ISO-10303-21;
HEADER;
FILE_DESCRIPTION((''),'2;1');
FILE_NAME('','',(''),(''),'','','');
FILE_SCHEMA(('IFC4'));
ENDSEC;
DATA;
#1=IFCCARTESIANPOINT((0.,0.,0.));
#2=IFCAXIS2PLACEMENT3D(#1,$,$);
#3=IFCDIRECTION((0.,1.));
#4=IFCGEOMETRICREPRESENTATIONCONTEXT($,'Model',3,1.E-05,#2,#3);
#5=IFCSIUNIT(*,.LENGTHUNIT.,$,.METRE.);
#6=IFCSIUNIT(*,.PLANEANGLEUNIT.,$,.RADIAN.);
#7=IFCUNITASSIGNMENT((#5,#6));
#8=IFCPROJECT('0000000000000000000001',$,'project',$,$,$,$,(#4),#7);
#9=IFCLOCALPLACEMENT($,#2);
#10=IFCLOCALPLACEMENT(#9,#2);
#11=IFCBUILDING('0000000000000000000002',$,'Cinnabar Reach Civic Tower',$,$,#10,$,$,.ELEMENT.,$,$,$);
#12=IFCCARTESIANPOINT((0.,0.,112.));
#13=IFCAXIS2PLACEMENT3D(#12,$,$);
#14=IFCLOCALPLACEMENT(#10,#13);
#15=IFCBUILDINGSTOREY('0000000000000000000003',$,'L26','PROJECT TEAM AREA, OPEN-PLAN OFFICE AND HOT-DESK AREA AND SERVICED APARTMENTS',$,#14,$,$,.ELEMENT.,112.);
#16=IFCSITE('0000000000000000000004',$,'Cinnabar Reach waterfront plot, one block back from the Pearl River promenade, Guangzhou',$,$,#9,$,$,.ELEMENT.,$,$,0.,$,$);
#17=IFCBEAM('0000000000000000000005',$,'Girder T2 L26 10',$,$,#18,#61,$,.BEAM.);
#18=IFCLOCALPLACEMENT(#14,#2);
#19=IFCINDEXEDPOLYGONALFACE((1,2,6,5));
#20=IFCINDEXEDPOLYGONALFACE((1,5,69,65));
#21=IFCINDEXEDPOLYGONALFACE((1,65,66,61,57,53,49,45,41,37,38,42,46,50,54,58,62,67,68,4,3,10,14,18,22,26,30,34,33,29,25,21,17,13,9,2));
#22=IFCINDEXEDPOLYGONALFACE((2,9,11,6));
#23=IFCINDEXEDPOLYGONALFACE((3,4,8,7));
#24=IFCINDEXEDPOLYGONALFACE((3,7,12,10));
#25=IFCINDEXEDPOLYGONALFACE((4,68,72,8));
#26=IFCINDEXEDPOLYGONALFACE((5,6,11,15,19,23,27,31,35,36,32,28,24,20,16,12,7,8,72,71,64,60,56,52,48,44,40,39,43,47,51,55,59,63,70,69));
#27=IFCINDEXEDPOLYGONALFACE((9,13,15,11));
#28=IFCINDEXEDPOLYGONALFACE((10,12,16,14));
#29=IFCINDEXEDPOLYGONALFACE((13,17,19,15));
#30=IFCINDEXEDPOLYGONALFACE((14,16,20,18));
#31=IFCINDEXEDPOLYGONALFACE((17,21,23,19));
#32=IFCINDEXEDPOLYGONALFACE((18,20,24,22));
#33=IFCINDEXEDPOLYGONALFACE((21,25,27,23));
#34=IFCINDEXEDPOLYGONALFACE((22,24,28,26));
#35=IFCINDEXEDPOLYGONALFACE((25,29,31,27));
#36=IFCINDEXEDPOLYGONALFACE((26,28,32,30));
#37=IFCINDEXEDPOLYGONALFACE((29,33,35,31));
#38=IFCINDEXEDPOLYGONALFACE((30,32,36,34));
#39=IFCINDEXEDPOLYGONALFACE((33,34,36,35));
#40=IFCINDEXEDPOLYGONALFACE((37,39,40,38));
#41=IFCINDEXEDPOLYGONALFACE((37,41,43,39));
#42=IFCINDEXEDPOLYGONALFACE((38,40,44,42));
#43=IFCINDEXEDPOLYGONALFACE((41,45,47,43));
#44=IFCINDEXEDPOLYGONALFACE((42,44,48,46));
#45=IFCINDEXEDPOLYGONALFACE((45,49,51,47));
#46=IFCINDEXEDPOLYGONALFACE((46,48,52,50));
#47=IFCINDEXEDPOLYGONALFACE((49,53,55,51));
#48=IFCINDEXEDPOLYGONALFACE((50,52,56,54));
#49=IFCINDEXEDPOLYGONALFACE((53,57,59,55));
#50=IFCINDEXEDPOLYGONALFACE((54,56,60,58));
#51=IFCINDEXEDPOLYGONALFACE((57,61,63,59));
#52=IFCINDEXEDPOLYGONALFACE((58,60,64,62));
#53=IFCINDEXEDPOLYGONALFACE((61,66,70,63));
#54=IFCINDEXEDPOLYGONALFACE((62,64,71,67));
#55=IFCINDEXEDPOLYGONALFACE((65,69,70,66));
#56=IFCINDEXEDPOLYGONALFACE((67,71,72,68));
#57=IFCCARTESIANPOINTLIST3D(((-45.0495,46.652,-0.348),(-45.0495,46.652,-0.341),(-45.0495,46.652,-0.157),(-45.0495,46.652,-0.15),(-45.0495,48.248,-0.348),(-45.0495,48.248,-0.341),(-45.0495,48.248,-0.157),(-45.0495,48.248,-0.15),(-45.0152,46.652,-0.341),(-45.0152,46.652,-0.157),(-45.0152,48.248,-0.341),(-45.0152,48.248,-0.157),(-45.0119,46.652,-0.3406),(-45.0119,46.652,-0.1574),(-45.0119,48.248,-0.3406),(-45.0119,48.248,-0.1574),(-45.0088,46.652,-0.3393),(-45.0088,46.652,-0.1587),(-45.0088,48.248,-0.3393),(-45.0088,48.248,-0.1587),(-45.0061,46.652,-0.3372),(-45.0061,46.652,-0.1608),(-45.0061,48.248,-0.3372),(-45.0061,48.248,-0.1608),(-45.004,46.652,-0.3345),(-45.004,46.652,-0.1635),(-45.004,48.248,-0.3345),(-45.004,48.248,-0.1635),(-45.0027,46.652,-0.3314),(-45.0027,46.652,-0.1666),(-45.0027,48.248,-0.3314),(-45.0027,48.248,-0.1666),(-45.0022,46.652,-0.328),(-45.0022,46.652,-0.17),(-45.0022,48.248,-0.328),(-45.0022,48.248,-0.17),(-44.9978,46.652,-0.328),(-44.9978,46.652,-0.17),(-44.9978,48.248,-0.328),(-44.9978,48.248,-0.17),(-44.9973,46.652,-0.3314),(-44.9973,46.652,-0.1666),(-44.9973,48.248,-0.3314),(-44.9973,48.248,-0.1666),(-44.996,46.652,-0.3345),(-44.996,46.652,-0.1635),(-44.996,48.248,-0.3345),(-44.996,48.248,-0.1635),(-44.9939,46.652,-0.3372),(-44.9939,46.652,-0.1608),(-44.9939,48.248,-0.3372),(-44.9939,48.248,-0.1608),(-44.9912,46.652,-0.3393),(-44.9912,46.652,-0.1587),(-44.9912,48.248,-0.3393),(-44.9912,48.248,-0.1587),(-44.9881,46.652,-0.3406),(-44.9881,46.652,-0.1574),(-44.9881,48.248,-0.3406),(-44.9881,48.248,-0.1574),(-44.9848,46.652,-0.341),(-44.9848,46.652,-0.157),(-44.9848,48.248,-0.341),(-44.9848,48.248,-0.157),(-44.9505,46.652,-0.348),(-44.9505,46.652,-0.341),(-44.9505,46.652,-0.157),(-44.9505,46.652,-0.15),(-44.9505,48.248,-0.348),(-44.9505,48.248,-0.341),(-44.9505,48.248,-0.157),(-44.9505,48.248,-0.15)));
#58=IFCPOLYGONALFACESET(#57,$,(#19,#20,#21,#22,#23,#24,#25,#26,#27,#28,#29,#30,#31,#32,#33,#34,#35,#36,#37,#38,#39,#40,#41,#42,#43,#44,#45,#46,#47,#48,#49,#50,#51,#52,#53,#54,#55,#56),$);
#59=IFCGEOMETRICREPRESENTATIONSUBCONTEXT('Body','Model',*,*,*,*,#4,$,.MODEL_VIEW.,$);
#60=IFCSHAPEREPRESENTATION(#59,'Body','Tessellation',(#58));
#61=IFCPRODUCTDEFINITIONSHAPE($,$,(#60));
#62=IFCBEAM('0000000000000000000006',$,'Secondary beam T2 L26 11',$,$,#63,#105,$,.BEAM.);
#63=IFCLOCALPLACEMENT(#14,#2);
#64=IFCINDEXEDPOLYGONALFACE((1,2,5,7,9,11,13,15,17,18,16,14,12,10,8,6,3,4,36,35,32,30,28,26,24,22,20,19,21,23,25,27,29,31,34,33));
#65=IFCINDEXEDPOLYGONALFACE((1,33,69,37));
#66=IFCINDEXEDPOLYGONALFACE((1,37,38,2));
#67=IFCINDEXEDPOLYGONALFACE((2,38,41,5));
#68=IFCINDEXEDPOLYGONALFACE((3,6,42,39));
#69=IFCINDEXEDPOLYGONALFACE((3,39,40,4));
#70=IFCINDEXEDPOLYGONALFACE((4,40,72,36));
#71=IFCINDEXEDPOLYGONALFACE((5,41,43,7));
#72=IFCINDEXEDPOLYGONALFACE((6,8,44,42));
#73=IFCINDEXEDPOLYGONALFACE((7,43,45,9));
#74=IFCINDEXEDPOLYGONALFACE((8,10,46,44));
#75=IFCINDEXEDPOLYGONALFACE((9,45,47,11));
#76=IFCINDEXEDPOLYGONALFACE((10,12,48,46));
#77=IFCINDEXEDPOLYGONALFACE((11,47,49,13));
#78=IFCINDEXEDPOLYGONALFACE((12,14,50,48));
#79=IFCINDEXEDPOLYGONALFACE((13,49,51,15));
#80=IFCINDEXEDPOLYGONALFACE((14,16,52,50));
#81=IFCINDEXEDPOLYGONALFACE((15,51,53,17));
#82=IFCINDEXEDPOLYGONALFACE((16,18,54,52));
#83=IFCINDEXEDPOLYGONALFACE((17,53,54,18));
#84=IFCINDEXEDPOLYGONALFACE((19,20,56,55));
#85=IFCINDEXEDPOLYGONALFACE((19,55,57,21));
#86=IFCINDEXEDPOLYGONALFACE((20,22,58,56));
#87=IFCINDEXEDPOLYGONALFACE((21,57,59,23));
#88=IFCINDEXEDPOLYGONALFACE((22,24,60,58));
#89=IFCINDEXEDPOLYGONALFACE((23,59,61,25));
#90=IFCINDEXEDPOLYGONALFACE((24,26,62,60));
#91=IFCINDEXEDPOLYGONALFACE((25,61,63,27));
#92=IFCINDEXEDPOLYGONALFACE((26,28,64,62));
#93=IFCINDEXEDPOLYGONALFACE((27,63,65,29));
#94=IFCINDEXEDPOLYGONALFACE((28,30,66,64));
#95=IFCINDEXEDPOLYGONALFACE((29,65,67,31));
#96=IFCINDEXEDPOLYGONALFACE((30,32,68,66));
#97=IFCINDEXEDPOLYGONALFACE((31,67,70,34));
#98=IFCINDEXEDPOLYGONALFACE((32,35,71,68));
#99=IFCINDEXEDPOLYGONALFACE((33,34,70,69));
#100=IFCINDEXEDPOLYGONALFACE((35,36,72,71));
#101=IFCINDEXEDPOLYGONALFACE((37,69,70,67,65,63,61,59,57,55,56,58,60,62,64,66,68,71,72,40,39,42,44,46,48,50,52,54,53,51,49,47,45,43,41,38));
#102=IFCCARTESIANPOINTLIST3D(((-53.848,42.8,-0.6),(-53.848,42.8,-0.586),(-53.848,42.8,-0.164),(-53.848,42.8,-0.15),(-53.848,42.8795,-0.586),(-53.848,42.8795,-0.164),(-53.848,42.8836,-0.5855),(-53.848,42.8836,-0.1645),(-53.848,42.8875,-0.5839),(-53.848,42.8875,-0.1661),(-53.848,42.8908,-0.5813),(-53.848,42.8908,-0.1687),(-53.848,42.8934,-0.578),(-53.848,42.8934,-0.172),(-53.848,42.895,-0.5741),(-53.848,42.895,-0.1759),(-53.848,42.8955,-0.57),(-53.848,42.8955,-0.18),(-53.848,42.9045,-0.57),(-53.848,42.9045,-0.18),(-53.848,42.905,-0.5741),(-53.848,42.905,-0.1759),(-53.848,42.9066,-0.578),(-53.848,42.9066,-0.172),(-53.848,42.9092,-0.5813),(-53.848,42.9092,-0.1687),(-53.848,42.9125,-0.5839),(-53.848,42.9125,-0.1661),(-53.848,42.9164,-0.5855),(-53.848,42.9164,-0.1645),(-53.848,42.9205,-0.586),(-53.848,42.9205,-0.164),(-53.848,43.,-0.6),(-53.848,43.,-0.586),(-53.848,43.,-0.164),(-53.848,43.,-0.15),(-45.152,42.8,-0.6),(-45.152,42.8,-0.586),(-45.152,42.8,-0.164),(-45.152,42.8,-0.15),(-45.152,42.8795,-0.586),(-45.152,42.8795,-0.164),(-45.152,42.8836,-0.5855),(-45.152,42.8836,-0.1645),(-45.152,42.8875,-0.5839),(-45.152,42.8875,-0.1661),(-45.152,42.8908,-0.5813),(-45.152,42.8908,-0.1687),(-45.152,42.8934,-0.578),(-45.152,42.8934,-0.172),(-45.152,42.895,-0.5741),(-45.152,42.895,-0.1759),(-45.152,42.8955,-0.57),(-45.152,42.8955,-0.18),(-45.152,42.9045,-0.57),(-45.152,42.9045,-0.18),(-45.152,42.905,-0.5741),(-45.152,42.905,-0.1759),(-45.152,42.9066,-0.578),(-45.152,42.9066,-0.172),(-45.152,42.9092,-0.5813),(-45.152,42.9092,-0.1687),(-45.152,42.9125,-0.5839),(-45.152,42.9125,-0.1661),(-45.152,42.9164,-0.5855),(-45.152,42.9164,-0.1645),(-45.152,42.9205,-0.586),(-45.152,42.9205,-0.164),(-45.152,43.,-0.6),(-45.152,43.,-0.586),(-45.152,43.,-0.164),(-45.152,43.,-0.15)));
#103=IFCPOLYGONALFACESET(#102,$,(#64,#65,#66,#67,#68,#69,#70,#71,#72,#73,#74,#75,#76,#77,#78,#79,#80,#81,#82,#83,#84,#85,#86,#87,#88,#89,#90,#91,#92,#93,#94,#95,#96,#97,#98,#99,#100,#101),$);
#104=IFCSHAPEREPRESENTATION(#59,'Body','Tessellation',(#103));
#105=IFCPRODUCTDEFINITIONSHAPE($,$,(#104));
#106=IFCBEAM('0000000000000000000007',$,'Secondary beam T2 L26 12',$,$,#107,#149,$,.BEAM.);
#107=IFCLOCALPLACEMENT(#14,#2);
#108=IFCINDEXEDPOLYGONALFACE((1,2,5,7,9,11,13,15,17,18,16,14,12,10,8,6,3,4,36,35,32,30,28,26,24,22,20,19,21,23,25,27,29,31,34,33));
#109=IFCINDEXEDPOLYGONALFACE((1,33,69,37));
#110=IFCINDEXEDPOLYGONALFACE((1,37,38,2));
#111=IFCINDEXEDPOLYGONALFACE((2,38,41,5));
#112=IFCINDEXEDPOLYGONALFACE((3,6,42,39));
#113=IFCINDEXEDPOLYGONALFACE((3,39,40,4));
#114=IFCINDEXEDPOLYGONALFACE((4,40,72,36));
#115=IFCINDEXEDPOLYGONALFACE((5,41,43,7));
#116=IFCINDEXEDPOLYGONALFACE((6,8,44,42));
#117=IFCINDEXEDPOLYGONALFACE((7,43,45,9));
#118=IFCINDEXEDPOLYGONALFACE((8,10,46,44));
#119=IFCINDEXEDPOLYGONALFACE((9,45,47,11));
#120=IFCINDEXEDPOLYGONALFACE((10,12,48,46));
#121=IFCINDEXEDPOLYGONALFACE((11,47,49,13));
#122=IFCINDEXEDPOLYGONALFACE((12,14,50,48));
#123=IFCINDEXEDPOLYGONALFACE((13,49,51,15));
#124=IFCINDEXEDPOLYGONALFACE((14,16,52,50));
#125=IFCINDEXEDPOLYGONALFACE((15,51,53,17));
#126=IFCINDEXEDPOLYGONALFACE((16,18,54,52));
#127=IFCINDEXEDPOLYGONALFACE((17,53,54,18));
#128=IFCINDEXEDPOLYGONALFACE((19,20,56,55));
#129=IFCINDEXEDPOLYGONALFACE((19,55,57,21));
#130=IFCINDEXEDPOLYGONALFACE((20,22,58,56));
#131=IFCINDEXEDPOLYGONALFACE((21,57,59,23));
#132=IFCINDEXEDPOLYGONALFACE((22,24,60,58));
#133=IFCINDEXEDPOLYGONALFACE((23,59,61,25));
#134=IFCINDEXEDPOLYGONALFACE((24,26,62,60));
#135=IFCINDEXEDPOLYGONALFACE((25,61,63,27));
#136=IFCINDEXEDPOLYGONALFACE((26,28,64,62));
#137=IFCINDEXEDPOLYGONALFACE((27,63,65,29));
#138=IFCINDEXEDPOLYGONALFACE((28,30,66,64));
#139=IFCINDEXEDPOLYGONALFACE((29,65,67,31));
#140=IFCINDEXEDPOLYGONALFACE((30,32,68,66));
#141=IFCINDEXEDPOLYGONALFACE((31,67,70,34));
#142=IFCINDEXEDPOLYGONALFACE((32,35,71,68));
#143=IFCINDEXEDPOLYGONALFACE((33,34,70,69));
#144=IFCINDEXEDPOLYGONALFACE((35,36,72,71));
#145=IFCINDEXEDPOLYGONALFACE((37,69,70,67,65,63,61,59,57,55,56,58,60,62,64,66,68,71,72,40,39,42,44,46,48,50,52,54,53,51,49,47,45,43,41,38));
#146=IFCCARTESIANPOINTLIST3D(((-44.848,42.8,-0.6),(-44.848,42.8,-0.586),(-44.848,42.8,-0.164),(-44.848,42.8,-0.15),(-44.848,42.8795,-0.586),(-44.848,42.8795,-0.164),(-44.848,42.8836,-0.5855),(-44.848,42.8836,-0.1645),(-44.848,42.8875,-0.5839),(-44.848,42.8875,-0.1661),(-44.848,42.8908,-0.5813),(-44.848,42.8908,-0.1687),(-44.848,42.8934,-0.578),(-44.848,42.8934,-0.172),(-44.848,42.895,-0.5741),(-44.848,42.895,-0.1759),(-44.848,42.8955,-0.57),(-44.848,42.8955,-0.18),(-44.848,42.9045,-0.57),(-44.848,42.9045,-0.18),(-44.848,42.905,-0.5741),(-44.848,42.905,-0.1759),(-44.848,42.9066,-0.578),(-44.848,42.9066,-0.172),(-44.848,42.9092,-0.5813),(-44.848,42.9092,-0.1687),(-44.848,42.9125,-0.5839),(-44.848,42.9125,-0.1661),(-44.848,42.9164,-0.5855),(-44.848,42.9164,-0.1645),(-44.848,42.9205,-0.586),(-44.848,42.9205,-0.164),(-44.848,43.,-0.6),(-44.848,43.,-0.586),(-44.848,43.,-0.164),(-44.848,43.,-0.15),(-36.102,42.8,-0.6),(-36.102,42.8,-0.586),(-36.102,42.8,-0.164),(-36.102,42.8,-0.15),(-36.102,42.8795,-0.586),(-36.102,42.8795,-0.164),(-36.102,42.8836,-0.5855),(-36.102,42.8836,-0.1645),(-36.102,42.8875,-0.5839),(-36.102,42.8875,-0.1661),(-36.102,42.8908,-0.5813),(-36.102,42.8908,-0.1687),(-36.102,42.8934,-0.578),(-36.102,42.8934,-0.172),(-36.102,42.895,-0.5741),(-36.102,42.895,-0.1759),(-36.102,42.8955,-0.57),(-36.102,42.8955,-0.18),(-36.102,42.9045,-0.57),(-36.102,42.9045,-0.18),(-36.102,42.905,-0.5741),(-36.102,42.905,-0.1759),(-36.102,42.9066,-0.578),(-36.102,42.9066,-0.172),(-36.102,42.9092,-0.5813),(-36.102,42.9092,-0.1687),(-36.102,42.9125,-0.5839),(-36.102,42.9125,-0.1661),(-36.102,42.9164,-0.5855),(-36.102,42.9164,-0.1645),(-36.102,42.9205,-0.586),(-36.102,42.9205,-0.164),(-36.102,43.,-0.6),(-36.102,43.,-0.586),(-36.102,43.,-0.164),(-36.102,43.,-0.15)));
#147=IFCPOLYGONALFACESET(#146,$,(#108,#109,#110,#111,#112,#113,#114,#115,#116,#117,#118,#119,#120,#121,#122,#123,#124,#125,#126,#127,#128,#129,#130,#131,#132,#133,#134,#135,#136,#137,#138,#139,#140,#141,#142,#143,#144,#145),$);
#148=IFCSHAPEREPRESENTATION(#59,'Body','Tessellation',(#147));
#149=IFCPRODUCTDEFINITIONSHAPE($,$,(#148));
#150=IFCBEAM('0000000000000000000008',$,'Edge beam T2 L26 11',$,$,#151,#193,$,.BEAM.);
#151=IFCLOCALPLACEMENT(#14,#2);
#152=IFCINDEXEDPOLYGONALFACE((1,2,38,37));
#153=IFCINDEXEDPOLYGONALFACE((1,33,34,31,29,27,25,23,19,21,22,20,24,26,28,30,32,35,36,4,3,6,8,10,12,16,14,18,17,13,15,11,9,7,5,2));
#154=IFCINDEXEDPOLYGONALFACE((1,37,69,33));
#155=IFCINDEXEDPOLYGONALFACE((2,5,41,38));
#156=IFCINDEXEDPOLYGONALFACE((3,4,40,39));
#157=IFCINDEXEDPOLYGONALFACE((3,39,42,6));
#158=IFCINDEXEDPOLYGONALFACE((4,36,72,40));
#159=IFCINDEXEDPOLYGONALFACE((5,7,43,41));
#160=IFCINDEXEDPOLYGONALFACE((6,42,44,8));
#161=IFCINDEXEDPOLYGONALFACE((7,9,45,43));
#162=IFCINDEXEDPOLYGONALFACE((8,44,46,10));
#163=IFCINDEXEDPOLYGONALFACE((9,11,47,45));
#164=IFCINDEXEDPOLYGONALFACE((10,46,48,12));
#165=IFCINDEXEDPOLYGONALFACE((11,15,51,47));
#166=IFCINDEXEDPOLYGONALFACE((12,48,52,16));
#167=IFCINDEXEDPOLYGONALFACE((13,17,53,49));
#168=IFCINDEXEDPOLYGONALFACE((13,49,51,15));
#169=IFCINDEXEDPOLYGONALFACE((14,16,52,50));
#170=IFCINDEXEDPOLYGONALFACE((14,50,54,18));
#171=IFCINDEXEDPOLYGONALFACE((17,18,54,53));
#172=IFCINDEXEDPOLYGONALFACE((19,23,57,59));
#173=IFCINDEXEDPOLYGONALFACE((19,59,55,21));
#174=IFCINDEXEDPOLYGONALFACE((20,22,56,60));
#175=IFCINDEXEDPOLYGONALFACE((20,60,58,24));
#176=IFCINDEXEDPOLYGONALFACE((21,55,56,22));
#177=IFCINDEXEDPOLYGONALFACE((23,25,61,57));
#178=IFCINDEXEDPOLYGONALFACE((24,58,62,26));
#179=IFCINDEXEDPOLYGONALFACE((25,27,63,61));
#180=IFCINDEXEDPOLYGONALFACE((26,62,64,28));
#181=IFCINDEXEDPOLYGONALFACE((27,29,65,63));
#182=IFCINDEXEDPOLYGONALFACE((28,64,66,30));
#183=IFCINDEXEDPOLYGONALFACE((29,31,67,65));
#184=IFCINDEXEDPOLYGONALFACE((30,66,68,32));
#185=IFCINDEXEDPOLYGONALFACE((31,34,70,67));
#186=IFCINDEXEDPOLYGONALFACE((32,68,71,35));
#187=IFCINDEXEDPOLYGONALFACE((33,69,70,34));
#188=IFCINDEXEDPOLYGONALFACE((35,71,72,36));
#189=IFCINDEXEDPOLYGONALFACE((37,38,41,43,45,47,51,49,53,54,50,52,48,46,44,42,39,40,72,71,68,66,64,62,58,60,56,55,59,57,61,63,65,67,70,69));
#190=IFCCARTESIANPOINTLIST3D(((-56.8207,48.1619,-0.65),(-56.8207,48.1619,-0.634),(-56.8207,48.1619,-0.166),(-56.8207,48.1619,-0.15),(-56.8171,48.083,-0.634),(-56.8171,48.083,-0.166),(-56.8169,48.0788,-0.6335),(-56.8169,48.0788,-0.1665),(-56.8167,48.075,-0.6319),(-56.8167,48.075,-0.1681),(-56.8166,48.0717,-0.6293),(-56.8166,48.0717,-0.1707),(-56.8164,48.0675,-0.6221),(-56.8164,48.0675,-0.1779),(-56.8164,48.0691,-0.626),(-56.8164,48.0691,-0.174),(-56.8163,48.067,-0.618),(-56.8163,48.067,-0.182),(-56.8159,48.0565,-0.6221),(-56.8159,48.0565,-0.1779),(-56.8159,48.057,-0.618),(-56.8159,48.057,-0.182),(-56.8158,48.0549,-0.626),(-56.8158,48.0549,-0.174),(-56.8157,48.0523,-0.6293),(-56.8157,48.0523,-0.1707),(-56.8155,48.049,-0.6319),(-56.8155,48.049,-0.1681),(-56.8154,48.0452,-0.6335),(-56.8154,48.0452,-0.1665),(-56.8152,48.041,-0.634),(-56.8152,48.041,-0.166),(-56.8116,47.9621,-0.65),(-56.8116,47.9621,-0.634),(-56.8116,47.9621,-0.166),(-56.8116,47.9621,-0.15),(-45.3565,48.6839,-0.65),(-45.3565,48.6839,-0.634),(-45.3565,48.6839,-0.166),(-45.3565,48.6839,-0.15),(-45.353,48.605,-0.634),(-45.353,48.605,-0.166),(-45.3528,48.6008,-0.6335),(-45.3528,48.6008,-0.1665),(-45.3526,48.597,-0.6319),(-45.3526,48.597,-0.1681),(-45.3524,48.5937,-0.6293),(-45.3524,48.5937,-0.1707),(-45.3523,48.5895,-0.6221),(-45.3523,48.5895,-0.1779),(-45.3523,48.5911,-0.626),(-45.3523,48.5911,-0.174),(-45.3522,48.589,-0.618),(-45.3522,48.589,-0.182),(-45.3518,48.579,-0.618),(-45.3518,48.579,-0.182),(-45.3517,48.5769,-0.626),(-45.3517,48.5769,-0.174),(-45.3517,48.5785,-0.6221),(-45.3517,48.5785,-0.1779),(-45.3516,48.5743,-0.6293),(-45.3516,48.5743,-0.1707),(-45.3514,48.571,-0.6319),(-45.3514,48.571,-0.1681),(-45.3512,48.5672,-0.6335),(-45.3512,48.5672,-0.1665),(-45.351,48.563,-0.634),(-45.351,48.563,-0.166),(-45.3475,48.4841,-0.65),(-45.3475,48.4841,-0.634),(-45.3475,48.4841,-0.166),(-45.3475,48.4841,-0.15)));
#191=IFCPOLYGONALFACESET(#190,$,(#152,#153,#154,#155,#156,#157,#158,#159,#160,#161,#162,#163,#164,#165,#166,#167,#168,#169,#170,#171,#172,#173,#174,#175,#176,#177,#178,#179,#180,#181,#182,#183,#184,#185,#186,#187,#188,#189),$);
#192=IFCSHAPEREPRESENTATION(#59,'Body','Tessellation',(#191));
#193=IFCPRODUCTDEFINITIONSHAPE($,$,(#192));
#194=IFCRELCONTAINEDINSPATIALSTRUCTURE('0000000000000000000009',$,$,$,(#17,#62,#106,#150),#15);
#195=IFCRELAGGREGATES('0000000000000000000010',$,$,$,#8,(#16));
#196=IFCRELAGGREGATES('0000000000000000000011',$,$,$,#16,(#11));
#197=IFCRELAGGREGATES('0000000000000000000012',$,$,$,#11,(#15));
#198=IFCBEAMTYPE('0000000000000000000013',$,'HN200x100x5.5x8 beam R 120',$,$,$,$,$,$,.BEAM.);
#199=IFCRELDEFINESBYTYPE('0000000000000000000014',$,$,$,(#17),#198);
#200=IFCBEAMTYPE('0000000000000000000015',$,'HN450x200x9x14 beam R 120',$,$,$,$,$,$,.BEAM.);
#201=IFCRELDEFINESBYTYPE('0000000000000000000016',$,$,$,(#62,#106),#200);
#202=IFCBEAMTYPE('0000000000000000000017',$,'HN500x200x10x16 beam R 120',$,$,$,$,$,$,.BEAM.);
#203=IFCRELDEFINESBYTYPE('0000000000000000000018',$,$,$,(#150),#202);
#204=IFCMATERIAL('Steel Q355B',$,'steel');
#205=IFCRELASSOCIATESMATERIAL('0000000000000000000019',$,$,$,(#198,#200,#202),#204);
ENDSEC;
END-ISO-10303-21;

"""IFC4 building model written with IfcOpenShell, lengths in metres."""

from ifc_helpers import new_model, si_unit, direction, frame, origin, origin_2d, place, context, subcontext, project, spatial, i_section, extrude, material, material_profile, profile_set, type_object, element, save


model = new_model("IFC4")

# Units and contexts
model_context = context("Model", 3, precision=1e-05, world=origin(), true_north=direction((0.0, 1.0)))
body_context = subcontext(model_context, "Body", "Model", "MODEL_VIEW")
ifc_project = project(units=[si_unit("LENGTHUNIT", "METRE"), si_unit("PLANEANGLEUNIT", "RADIAN")], contexts=[model_context])

# Site, building, storey
site_placement = place(None, origin())
site = spatial("IfcSite", under=ifc_project, at=site_placement, Name="Cinnabar Reach waterfront plot, one block back from the Pearl River promenade, Guangzhou", CompositionType="ELEMENT", RefElevation=0.0)
building_placement = place(site_placement, origin())
building = spatial("IfcBuilding", under=site, at=building_placement, Name="Cinnabar Reach Civic Tower", CompositionType="ELEMENT")
storey_placement = place(building_placement, frame((0.0, 0.0, 112.0)))
storey = spatial("IfcBuildingStorey", under=building, at=storey_placement, Name="L26", Description="PROJECT TEAM AREA, OPEN-PLAN OFFICE AND HOT-DESK AREA AND SERVICED APARTMENTS", CompositionType="ELEMENT", Elevation=112.0)

# Beams
ifc_material_1 = material(Name="Steel Q355B", Category="steel")
ifc_material_profile_1 = material_profile(ifc_material_1, i_section(OverallWidth=0.099, OverallDepth=0.198, WebThickness=0.0045, FlangeThickness=0.007, FilletRadius=0.013, at=origin_2d()), Name="HN200x100x5.5x8")
ifc_profile_set_1 = profile_set([ifc_material_profile_1], Name="Steel Q355B")
beam_type_1 = type_object("IfcBeamType", Name="HN200x100x5.5x8 beam R 120", PredefinedType="BEAM", material=ifc_profile_set_1)
beam_1_placement = place(storey_placement, frame((-45.0, 46.652, -0.249), z_axis=(0.0, 1.0, 0.0), x_axis=(-1.0, 0.0, 0.0)))
element("IfcBeam", 1, at=beam_1_placement, inside=storey, type_object=beam_type_1, Name="Girder T2 L26 10", PredefinedType="BEAM", context=body_context, shape_type="SweptSolid", body=[
    extrude(i_section(OverallWidth=0.099, OverallDepth=0.198, WebThickness=0.0045, FlangeThickness=0.007, FilletRadius=0.013, at=origin_2d()), origin(), (0.0, 0.0, 1.0), 1.596),
])
ifc_material_profile_2 = material_profile(ifc_material_1, i_section(OverallWidth=0.2, OverallDepth=0.45, WebThickness=0.009, FlangeThickness=0.014, FilletRadius=0.016, at=origin_2d()), Name="HN450x200x9x14")
ifc_profile_set_2 = profile_set([ifc_material_profile_2], Name="Steel Q355B")
beam_type_2 = type_object("IfcBeamType", Name="HN450x200x9x14 beam R 120", PredefinedType="BEAM", material=ifc_profile_set_2)
beam_2_placement = place(storey_placement, frame((-53.848, 42.9, -0.375), z_axis=(1.0, 0.0, 0.0), x_axis=(0.0, 1.0, 0.0)))
element("IfcBeam", 2, at=beam_2_placement, inside=storey, type_object=beam_type_2, Name="Secondary beam T2 L26 11", PredefinedType="BEAM", context=body_context, shape_type="SweptSolid", body=[
    extrude(i_section(OverallWidth=0.2, OverallDepth=0.45, WebThickness=0.009, FlangeThickness=0.014, FilletRadius=0.016, at=origin_2d()), origin(), (0.0, 0.0, 1.0), 8.696),
])
beam_3_placement = place(storey_placement, frame((-44.848, 42.9, -0.375), z_axis=(1.0, 0.0, 0.0), x_axis=(0.0, 1.0, 0.0)))
element("IfcBeam", 3, at=beam_3_placement, inside=storey, type_object=beam_type_2, Name="Secondary beam T2 L26 12", PredefinedType="BEAM", context=body_context, shape_type="SweptSolid", body=[
    extrude(i_section(OverallWidth=0.2, OverallDepth=0.45, WebThickness=0.009, FlangeThickness=0.014, FilletRadius=0.016, at=origin_2d()), origin(), (0.0, 0.0, 1.0), 8.746),
])
ifc_material_profile_3 = material_profile(ifc_material_1, i_section(OverallWidth=0.2, OverallDepth=0.5, WebThickness=0.01, FlangeThickness=0.016, FilletRadius=0.016, at=origin_2d()), Name="HN500x200x10x16")
ifc_profile_set_3 = profile_set([ifc_material_profile_3], Name="Steel Q355B")
beam_type_3 = type_object("IfcBeamType", Name="HN500x200x10x16 beam R 120", PredefinedType="BEAM", material=ifc_profile_set_3)
beam_4_placement = place(storey_placement, frame((-45.352, 48.584, -0.4), z_axis=(-0.998965, -0.045486, 0.0), x_axis=(0.045486, -0.998965, 0.0)))
element("IfcBeam", 4, at=beam_4_placement, inside=storey, type_object=beam_type_3, Name="Edge beam T2 L26 11", PredefinedType="BEAM", context=body_context, shape_type="SweptSolid", body=[
    extrude(i_section(OverallWidth=0.2, OverallDepth=0.5, WebThickness=0.01, FlangeThickness=0.016, FilletRadius=0.016, at=origin_2d()), origin(), (0.0, 0.0, 1.0), 11.476),
])

save(model, "model.ifc")
